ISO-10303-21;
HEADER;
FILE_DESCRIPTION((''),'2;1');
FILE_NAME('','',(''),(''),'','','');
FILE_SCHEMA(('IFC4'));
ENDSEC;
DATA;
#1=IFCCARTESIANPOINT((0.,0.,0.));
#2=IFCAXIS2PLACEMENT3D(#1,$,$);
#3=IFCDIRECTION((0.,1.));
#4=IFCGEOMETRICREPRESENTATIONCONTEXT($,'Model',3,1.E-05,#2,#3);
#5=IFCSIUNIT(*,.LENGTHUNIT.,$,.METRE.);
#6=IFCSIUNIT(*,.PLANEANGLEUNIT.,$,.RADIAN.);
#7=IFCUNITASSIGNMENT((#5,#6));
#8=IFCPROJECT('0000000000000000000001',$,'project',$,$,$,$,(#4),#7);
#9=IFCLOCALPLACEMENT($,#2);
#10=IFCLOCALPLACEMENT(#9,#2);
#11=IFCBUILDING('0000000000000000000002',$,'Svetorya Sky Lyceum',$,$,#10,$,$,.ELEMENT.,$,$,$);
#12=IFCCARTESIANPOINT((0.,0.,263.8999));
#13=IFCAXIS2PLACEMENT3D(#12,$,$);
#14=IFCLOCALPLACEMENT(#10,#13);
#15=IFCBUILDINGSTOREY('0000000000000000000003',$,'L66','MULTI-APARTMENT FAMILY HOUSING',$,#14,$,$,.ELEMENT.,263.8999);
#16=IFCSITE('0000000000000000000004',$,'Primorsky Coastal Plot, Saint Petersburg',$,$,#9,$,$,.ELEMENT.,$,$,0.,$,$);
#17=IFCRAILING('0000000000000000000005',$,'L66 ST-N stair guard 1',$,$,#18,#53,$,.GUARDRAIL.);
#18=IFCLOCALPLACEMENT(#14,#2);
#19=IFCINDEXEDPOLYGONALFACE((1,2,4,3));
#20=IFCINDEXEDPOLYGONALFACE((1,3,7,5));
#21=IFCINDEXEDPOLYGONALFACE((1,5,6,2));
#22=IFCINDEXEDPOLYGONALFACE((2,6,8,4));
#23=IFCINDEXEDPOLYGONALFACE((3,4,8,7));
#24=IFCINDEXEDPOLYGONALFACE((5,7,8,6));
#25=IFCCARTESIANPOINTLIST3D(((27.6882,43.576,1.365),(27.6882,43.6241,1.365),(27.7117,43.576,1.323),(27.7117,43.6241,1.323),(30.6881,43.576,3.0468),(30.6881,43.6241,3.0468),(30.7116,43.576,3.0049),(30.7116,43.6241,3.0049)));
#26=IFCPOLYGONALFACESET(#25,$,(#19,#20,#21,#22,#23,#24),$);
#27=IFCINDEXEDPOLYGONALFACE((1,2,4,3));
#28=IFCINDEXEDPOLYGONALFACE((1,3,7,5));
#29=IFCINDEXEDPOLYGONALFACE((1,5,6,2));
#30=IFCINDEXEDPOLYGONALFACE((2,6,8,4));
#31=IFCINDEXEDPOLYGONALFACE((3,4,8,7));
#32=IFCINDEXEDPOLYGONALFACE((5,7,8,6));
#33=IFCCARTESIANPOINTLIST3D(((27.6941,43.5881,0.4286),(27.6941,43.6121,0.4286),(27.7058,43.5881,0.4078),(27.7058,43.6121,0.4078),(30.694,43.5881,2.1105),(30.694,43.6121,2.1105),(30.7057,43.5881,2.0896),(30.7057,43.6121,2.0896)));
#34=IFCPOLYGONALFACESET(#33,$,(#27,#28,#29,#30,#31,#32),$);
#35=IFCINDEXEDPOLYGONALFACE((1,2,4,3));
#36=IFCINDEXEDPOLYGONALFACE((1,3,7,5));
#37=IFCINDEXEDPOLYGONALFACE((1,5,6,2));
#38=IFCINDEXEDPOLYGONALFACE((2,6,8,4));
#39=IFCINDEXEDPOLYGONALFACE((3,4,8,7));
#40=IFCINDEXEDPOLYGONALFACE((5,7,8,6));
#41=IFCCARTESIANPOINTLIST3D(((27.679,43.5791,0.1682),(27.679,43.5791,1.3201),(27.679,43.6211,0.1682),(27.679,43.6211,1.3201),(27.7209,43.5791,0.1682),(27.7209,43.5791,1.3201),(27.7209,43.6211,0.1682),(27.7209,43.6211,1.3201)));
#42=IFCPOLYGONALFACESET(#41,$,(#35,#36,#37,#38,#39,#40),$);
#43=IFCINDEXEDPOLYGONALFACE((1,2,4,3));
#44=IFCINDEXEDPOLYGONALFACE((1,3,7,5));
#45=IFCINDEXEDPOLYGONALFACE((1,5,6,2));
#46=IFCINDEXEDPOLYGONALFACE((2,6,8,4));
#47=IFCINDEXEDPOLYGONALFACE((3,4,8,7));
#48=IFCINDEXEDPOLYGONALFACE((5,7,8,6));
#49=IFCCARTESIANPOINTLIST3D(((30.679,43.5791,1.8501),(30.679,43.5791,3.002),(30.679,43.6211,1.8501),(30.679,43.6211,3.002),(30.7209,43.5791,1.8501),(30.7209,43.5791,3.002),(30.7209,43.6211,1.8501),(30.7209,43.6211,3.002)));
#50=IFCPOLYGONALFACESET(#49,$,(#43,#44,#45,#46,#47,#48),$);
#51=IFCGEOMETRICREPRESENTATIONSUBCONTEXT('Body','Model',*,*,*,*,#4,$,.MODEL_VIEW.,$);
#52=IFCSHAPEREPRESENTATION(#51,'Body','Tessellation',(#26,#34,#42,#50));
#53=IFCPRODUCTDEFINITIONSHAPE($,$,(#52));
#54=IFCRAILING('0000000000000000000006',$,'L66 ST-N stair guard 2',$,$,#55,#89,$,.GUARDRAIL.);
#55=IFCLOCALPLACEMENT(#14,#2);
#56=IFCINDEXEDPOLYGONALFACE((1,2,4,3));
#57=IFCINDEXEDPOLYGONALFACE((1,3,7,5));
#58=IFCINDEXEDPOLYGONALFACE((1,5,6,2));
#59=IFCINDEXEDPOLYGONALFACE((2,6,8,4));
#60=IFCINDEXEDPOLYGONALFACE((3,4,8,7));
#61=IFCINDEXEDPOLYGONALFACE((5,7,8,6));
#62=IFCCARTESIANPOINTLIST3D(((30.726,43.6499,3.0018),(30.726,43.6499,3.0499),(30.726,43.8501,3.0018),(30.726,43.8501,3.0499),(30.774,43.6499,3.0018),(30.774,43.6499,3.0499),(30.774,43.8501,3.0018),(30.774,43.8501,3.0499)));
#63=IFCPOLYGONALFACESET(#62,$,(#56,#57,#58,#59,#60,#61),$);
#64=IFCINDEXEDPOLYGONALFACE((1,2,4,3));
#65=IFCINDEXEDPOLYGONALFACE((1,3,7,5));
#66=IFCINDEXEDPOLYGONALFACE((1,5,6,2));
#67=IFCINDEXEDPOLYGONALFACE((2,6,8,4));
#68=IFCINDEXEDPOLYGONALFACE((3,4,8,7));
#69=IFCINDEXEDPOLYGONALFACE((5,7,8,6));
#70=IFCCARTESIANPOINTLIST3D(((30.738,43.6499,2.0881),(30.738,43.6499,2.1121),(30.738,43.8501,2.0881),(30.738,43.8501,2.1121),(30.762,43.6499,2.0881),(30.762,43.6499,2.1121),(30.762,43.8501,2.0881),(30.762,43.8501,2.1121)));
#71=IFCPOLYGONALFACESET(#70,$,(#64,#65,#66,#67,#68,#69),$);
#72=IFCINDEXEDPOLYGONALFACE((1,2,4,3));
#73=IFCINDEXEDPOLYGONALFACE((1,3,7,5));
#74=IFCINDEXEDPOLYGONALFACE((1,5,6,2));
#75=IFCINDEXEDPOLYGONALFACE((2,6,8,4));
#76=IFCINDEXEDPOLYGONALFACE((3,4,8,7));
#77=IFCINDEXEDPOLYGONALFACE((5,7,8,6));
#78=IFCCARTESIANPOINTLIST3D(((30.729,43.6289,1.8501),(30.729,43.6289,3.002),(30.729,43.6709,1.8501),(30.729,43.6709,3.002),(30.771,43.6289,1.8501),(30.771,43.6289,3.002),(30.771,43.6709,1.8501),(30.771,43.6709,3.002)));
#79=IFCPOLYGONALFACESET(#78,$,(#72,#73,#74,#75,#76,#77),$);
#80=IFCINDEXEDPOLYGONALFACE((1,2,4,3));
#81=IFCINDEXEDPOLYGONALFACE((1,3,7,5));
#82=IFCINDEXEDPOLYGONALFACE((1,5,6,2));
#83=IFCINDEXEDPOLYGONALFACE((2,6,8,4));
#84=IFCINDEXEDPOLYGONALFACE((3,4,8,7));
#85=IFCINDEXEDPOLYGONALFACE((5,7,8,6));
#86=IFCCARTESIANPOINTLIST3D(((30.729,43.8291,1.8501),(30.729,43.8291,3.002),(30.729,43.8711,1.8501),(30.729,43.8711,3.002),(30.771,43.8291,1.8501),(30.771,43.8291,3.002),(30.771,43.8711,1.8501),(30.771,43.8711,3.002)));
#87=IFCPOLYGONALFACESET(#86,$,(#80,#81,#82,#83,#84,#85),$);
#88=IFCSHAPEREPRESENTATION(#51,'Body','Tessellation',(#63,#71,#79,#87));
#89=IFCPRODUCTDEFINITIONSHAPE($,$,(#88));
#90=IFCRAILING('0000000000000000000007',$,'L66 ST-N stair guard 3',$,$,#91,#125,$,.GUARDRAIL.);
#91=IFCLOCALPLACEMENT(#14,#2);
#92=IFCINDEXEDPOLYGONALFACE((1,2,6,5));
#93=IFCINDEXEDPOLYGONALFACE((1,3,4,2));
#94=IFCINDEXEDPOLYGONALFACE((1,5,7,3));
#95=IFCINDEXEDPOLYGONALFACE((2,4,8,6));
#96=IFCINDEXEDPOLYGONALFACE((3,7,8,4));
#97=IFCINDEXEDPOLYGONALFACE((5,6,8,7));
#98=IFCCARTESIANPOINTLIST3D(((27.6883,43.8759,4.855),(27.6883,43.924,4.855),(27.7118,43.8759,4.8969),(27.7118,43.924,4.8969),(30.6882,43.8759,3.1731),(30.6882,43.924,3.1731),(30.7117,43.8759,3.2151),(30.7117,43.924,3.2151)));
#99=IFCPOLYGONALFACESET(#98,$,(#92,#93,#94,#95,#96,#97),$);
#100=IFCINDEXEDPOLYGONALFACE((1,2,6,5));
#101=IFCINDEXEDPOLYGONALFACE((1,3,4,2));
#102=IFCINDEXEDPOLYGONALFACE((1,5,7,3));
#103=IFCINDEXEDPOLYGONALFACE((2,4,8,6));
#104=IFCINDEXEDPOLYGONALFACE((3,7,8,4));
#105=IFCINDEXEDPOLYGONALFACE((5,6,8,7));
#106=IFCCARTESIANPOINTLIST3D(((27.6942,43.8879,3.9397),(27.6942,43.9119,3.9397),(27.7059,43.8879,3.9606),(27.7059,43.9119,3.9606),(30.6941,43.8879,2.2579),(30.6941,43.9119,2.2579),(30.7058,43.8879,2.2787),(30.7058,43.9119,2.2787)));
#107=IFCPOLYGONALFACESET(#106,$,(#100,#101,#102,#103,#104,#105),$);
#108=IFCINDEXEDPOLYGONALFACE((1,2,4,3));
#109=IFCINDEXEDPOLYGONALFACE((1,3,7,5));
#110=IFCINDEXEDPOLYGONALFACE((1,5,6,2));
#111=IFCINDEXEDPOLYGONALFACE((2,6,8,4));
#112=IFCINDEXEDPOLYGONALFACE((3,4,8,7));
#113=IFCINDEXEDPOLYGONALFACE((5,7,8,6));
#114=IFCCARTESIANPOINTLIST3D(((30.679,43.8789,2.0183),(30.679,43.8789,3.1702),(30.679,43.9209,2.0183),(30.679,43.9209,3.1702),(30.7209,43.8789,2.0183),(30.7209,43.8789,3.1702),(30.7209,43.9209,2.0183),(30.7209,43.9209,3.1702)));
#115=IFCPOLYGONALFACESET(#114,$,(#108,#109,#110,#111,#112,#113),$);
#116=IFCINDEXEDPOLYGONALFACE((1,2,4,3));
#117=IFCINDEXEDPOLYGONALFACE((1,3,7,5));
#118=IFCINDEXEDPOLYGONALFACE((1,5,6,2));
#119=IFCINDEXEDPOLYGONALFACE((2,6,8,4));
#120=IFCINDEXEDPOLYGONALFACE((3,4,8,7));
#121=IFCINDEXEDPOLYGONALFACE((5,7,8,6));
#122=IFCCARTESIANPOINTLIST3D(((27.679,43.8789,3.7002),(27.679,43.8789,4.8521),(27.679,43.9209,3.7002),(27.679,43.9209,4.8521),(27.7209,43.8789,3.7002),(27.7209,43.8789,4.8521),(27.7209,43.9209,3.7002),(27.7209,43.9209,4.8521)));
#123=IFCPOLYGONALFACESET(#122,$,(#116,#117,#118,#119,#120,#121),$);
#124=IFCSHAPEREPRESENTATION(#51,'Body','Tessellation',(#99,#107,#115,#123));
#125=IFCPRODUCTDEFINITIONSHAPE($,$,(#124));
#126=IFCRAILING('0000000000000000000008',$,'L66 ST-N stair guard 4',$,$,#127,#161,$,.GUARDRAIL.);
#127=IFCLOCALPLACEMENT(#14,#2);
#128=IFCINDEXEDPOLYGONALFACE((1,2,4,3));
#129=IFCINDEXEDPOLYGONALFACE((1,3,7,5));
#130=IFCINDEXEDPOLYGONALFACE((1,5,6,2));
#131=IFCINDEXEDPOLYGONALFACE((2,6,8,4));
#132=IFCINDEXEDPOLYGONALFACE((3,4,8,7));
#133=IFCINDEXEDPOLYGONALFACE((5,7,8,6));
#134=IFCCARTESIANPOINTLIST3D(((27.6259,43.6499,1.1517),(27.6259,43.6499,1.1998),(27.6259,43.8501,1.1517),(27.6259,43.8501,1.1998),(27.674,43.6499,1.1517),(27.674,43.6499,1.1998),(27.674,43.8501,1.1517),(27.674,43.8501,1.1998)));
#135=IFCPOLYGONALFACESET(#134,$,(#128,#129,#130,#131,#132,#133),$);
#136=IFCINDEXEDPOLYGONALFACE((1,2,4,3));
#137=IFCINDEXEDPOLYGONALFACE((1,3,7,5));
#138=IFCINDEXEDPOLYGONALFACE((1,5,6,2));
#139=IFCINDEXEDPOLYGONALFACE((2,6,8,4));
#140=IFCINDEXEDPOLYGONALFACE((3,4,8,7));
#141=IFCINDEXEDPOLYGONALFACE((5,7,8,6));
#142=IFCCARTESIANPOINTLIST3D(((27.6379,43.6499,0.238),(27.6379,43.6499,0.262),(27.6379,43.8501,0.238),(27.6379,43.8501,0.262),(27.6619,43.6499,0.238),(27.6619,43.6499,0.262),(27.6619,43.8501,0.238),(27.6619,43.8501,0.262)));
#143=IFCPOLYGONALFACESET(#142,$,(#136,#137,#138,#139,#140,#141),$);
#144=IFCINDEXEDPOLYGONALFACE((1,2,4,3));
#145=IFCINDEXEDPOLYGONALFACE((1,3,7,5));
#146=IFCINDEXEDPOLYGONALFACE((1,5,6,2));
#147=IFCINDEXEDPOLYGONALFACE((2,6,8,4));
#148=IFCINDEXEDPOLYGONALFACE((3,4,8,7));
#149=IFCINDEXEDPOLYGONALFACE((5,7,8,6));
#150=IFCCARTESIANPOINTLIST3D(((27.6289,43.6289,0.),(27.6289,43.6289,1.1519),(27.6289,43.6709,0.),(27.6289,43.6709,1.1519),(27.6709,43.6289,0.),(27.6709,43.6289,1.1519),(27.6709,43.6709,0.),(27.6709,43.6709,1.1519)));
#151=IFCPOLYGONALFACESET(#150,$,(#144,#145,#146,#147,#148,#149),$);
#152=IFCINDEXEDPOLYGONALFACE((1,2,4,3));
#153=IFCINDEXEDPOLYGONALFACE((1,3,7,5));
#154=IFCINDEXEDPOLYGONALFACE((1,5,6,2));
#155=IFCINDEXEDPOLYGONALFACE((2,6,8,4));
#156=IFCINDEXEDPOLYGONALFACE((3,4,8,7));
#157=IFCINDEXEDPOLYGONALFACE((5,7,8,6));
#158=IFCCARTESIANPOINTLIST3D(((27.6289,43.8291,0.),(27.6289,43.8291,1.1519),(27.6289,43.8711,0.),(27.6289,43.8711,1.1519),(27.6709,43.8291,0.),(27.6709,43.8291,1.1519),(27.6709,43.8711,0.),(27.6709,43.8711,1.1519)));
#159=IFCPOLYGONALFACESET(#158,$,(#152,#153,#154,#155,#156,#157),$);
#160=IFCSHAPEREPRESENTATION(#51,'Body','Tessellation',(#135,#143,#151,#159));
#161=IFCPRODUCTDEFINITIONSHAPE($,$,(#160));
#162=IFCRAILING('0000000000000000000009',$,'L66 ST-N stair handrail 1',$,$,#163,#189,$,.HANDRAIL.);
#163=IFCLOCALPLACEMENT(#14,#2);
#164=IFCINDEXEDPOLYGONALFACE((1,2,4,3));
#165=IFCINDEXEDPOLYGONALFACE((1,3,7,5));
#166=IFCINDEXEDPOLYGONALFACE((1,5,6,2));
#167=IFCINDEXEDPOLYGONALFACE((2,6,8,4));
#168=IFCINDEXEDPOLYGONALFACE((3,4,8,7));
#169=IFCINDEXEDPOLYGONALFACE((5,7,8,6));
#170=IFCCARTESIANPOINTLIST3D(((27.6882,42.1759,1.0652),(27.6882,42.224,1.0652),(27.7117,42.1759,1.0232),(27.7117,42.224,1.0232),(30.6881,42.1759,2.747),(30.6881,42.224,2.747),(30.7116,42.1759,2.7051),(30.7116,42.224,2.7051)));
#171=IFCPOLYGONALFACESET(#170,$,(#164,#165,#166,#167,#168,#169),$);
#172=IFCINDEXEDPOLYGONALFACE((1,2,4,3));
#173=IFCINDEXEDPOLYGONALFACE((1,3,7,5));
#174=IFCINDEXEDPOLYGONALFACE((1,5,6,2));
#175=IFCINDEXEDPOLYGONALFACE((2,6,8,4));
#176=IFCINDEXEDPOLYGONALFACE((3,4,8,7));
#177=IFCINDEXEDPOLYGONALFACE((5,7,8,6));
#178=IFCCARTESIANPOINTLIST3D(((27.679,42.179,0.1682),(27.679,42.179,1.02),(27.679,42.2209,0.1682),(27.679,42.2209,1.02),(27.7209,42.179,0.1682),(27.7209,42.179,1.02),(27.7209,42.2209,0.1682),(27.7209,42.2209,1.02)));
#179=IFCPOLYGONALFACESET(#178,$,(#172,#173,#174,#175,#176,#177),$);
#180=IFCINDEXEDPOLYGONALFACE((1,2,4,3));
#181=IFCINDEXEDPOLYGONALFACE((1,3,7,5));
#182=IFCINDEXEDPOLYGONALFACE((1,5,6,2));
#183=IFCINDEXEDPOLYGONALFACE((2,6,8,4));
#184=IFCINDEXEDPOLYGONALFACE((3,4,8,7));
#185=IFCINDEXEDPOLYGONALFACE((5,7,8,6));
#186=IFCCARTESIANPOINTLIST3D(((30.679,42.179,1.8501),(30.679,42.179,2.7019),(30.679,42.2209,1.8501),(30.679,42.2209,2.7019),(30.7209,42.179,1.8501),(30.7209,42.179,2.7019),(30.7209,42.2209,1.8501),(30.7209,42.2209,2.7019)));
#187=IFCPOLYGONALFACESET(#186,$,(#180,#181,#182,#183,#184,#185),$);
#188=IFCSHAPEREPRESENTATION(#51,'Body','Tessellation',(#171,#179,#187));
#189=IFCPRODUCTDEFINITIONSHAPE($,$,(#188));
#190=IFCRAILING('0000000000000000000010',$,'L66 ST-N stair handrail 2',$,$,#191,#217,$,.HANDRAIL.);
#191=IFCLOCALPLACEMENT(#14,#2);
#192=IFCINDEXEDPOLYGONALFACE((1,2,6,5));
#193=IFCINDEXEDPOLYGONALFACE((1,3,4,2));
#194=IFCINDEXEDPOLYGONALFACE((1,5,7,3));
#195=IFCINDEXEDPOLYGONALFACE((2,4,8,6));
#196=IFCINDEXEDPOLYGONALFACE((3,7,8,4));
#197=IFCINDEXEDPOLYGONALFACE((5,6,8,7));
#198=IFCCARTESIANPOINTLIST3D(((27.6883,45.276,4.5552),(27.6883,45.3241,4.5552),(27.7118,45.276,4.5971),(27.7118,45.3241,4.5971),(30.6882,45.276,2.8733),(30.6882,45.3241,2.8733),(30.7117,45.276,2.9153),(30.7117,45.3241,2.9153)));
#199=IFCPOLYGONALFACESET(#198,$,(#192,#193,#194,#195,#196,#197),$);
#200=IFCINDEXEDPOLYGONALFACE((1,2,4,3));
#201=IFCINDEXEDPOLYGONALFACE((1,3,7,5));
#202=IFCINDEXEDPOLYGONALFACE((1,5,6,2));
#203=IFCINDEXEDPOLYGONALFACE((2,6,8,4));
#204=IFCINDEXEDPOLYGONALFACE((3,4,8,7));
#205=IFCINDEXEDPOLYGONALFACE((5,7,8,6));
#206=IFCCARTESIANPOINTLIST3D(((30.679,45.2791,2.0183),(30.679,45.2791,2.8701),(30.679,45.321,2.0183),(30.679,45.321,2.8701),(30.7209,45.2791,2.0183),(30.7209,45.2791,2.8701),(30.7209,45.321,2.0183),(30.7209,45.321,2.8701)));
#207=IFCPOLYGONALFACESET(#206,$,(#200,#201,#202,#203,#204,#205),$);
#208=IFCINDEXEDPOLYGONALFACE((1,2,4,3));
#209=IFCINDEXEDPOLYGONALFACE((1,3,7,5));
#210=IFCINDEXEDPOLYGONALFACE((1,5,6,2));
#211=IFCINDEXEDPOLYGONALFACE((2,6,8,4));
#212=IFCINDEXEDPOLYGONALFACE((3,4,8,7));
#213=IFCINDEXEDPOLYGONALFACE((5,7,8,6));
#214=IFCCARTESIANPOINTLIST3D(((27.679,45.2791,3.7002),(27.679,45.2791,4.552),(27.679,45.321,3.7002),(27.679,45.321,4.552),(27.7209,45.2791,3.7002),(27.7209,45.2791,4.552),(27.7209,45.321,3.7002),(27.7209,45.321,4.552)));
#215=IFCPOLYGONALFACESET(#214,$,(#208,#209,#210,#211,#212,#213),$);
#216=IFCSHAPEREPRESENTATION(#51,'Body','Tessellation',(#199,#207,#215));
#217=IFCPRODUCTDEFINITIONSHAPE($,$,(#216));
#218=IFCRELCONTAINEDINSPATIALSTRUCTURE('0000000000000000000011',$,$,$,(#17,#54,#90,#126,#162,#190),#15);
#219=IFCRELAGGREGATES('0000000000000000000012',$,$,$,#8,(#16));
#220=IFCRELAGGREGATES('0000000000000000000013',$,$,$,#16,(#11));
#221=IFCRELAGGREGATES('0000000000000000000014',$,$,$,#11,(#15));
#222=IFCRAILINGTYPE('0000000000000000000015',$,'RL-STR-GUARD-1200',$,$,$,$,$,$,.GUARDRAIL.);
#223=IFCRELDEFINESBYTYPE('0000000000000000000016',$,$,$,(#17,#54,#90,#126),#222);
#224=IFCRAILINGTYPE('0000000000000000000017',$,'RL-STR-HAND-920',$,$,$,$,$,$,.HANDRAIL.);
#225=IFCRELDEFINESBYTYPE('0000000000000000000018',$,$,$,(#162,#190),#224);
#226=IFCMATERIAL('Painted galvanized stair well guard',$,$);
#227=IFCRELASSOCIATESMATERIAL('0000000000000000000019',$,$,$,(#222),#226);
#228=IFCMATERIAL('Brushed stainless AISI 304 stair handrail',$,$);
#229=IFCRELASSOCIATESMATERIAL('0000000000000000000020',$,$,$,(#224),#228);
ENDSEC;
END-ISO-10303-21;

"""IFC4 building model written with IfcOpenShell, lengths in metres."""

from ifc_helpers import new_model, si_unit, direction, frame, origin, origin_2d, place, context, subcontext, project, spatial, rectangle, extrude, material, type_object, element, save


model = new_model("IFC4")

# Units and contexts
model_context = context("Model", 3, precision=1e-05, world=origin(), true_north=direction((0.0, 1.0)))
body_context = subcontext(model_context, "Body", "Model", "MODEL_VIEW")
ifc_project = project(units=[si_unit("LENGTHUNIT", "METRE"), si_unit("PLANEANGLEUNIT", "RADIAN")], contexts=[model_context])

# Site, building, storey
site_placement = place(None, origin())
site = spatial("IfcSite", under=ifc_project, at=site_placement, Name="Primorsky Coastal Plot, Saint Petersburg", CompositionType="ELEMENT", RefElevation=0.0)
building_placement = place(site_placement, origin())
building = spatial("IfcBuilding", under=site, at=building_placement, Name="Svetorya Sky Lyceum", CompositionType="ELEMENT")
storey_placement = place(building_placement, frame((0.0, 0.0, 263.8999)))
storey = spatial("IfcBuildingStorey", under=building, at=storey_placement, Name="L66", Description="MULTI-APARTMENT FAMILY HOUSING", CompositionType="ELEMENT", Elevation=263.8999)

# Railings
ifc_material_1 = material(Name="Painted galvanized stair well guard")
railing_type_1 = type_object("IfcRailingType", Name="RL-STR-GUARD-1200", PredefinedType="GUARDRAIL", material=ifc_material_1)
railing_1_placement = place(storey_placement, frame((27.7, 43.6001, 0.1682)))
element("IfcRailing", 1, at=railing_1_placement, inside=storey, type_object=railing_type_1, Name="L66 ST-N stair guard 1", PredefinedType="GUARDRAIL", context=body_context, shape_type="SweptSolid", body=[
    extrude(rectangle(XDim=0.0481, YDim=0.0481, at=origin_2d()), frame((0.0, 0.0, 1.1758), z_axis=(0.872272, 0.0, 0.48902), x_axis=(0.0, 1.0, 0.0)), (0.0, 0.0, 1.0), 3.4392),
    extrude(rectangle(XDim=0.0239, YDim=0.0239, at=origin_2d()), frame((0.0, 0.0, 0.25), z_axis=(0.872272, 0.0, 0.48902), x_axis=(0.0, 1.0, 0.0)), (0.0, 0.0, 1.0), 3.4392),
    extrude(rectangle(XDim=0.042, YDim=0.042, at=origin_2d()), origin(), (0.0, 0.0, 1.0), 1.1519),
    extrude(rectangle(XDim=0.042, YDim=0.042, at=origin_2d()), frame((3.0, 0.0, 1.6819)), (0.0, 0.0, 1.0), 1.1519),
])
railing_2_placement = place(storey_placement, frame((30.75, 43.6499, 1.8501)))
element("IfcRailing", 2, at=railing_2_placement, inside=storey, type_object=railing_type_1, Name="L66 ST-N stair guard 2", PredefinedType="GUARDRAIL", context=body_context, shape_type="SweptSolid", body=[
    extrude(rectangle(XDim=0.0481, YDim=0.0481, at=origin_2d()), frame((0.0, 0.0, 1.1758), z_axis=(0.0, 1.0, 0.0), x_axis=(-1.0, 0.0, 0.0)), (0.0, 0.0, 1.0), 0.2002),
    extrude(rectangle(XDim=0.0239, YDim=0.0239, at=origin_2d()), frame((0.0, 0.0, 0.25), z_axis=(0.0, 1.0, 0.0), x_axis=(-1.0, 0.0, 0.0)), (0.0, 0.0, 1.0), 0.2002),
    extrude(rectangle(XDim=0.042, YDim=0.042, at=origin_2d()), origin(), (0.0, 0.0, 1.0), 1.1519),
    extrude(rectangle(XDim=0.042, YDim=0.042, at=origin_2d()), frame((0.0, 0.2002, 0.0)), (0.0, 0.0, 1.0), 1.1519),
])
railing_3_placement = place(storey_placement, frame((30.7, 43.8999, 2.0183)))
element("IfcRailing", 3, at=railing_3_placement, inside=storey, type_object=railing_type_1, Name="L66 ST-N stair guard 3", PredefinedType="GUARDRAIL", context=body_context, shape_type="SweptSolid", body=[
    extrude(rectangle(XDim=0.0481, YDim=0.0481, at=origin_2d()), frame((0.0, 0.0, 1.1758), z_axis=(-0.872272, 0.0, 0.48902), x_axis=(0.0, -1.0, 0.0)), (0.0, 0.0, 1.0), 3.4392),
    extrude(rectangle(XDim=0.0239, YDim=0.0239, at=origin_2d()), frame((0.0, 0.0, 0.25), z_axis=(-0.872272, 0.0, 0.48902), x_axis=(0.0, -1.0, 0.0)), (0.0, 0.0, 1.0), 3.4392),
    extrude(rectangle(XDim=0.042, YDim=0.042, at=origin_2d()), origin(), (0.0, 0.0, 1.0), 1.1519),
    extrude(rectangle(XDim=0.042, YDim=0.042, at=origin_2d()), frame((-3.0, 0.0, 1.6819)), (0.0, 0.0, 1.0), 1.1519),
])
railing_4_placement = place(storey_placement, frame((27.6499, 43.6499, 0.0)))
element("IfcRailing", 4, at=railing_4_placement, inside=storey, type_object=railing_type_1, Name="L66 ST-N stair guard 4", PredefinedType="GUARDRAIL", context=body_context, shape_type="SweptSolid", body=[
    extrude(rectangle(XDim=0.0481, YDim=0.0481, at=origin_2d()), frame((0.0, 0.0, 1.1758), z_axis=(0.0, 1.0, 0.0), x_axis=(-1.0, 0.0, 0.0)), (0.0, 0.0, 1.0), 0.2002),
    extrude(rectangle(XDim=0.0239, YDim=0.0239, at=origin_2d()), frame((0.0, 0.0, 0.25), z_axis=(0.0, 1.0, 0.0), x_axis=(-1.0, 0.0, 0.0)), (0.0, 0.0, 1.0), 0.2002),
    extrude(rectangle(XDim=0.042, YDim=0.042, at=origin_2d()), origin(), (0.0, 0.0, 1.0), 1.1519),
    extrude(rectangle(XDim=0.042, YDim=0.042, at=origin_2d()), frame((0.0, 0.2002, 0.0)), (0.0, 0.0, 1.0), 1.1519),
])
ifc_material_2 = material(Name="Brushed stainless AISI 304 stair handrail")
railing_type_2 = type_object("IfcRailingType", Name="RL-STR-HAND-920", PredefinedType="HANDRAIL", material=ifc_material_2)
railing_5_placement = place(storey_placement, frame((27.7, 42.2, 0.1682)))
element("IfcRailing", 5, at=railing_5_placement, inside=storey, type_object=railing_type_2, Name="L66 ST-N stair handrail 1", PredefinedType="HANDRAIL", context=body_context, shape_type="SweptSolid", body=[
    extrude(rectangle(XDim=0.0481, YDim=0.0481, at=origin_2d()), frame((0.0, 0.0, 0.876), z_axis=(0.872272, 0.0, 0.48902), x_axis=(0.0, 1.0, 0.0)), (0.0, 0.0, 1.0), 3.4392),
    extrude(rectangle(XDim=0.042, YDim=0.042, at=origin_2d()), origin(), (0.0, 0.0, 1.0), 0.8518),
    extrude(rectangle(XDim=0.042, YDim=0.042, at=origin_2d()), frame((3.0, 0.0, 1.6819)), (0.0, 0.0, 1.0), 0.8518),
])
railing_6_placement = place(storey_placement, frame((30.7, 45.3, 2.0183)))
element("IfcRailing", 6, at=railing_6_placement, inside=storey, type_object=railing_type_2, Name="L66 ST-N stair handrail 2", PredefinedType="HANDRAIL", context=body_context, shape_type="SweptSolid", body=[
    extrude(rectangle(XDim=0.0481, YDim=0.0481, at=origin_2d()), frame((0.0, 0.0, 0.876), z_axis=(-0.872272, 0.0, 0.48902), x_axis=(0.0, -1.0, 0.0)), (0.0, 0.0, 1.0), 3.4392),
    extrude(rectangle(XDim=0.042, YDim=0.042, at=origin_2d()), origin(), (0.0, 0.0, 1.0), 0.8518),
    extrude(rectangle(XDim=0.042, YDim=0.042, at=origin_2d()), frame((-3.0, 0.0, 1.6819)), (0.0, 0.0, 1.0), 0.8518),
])

save(model, "model.ifc")
